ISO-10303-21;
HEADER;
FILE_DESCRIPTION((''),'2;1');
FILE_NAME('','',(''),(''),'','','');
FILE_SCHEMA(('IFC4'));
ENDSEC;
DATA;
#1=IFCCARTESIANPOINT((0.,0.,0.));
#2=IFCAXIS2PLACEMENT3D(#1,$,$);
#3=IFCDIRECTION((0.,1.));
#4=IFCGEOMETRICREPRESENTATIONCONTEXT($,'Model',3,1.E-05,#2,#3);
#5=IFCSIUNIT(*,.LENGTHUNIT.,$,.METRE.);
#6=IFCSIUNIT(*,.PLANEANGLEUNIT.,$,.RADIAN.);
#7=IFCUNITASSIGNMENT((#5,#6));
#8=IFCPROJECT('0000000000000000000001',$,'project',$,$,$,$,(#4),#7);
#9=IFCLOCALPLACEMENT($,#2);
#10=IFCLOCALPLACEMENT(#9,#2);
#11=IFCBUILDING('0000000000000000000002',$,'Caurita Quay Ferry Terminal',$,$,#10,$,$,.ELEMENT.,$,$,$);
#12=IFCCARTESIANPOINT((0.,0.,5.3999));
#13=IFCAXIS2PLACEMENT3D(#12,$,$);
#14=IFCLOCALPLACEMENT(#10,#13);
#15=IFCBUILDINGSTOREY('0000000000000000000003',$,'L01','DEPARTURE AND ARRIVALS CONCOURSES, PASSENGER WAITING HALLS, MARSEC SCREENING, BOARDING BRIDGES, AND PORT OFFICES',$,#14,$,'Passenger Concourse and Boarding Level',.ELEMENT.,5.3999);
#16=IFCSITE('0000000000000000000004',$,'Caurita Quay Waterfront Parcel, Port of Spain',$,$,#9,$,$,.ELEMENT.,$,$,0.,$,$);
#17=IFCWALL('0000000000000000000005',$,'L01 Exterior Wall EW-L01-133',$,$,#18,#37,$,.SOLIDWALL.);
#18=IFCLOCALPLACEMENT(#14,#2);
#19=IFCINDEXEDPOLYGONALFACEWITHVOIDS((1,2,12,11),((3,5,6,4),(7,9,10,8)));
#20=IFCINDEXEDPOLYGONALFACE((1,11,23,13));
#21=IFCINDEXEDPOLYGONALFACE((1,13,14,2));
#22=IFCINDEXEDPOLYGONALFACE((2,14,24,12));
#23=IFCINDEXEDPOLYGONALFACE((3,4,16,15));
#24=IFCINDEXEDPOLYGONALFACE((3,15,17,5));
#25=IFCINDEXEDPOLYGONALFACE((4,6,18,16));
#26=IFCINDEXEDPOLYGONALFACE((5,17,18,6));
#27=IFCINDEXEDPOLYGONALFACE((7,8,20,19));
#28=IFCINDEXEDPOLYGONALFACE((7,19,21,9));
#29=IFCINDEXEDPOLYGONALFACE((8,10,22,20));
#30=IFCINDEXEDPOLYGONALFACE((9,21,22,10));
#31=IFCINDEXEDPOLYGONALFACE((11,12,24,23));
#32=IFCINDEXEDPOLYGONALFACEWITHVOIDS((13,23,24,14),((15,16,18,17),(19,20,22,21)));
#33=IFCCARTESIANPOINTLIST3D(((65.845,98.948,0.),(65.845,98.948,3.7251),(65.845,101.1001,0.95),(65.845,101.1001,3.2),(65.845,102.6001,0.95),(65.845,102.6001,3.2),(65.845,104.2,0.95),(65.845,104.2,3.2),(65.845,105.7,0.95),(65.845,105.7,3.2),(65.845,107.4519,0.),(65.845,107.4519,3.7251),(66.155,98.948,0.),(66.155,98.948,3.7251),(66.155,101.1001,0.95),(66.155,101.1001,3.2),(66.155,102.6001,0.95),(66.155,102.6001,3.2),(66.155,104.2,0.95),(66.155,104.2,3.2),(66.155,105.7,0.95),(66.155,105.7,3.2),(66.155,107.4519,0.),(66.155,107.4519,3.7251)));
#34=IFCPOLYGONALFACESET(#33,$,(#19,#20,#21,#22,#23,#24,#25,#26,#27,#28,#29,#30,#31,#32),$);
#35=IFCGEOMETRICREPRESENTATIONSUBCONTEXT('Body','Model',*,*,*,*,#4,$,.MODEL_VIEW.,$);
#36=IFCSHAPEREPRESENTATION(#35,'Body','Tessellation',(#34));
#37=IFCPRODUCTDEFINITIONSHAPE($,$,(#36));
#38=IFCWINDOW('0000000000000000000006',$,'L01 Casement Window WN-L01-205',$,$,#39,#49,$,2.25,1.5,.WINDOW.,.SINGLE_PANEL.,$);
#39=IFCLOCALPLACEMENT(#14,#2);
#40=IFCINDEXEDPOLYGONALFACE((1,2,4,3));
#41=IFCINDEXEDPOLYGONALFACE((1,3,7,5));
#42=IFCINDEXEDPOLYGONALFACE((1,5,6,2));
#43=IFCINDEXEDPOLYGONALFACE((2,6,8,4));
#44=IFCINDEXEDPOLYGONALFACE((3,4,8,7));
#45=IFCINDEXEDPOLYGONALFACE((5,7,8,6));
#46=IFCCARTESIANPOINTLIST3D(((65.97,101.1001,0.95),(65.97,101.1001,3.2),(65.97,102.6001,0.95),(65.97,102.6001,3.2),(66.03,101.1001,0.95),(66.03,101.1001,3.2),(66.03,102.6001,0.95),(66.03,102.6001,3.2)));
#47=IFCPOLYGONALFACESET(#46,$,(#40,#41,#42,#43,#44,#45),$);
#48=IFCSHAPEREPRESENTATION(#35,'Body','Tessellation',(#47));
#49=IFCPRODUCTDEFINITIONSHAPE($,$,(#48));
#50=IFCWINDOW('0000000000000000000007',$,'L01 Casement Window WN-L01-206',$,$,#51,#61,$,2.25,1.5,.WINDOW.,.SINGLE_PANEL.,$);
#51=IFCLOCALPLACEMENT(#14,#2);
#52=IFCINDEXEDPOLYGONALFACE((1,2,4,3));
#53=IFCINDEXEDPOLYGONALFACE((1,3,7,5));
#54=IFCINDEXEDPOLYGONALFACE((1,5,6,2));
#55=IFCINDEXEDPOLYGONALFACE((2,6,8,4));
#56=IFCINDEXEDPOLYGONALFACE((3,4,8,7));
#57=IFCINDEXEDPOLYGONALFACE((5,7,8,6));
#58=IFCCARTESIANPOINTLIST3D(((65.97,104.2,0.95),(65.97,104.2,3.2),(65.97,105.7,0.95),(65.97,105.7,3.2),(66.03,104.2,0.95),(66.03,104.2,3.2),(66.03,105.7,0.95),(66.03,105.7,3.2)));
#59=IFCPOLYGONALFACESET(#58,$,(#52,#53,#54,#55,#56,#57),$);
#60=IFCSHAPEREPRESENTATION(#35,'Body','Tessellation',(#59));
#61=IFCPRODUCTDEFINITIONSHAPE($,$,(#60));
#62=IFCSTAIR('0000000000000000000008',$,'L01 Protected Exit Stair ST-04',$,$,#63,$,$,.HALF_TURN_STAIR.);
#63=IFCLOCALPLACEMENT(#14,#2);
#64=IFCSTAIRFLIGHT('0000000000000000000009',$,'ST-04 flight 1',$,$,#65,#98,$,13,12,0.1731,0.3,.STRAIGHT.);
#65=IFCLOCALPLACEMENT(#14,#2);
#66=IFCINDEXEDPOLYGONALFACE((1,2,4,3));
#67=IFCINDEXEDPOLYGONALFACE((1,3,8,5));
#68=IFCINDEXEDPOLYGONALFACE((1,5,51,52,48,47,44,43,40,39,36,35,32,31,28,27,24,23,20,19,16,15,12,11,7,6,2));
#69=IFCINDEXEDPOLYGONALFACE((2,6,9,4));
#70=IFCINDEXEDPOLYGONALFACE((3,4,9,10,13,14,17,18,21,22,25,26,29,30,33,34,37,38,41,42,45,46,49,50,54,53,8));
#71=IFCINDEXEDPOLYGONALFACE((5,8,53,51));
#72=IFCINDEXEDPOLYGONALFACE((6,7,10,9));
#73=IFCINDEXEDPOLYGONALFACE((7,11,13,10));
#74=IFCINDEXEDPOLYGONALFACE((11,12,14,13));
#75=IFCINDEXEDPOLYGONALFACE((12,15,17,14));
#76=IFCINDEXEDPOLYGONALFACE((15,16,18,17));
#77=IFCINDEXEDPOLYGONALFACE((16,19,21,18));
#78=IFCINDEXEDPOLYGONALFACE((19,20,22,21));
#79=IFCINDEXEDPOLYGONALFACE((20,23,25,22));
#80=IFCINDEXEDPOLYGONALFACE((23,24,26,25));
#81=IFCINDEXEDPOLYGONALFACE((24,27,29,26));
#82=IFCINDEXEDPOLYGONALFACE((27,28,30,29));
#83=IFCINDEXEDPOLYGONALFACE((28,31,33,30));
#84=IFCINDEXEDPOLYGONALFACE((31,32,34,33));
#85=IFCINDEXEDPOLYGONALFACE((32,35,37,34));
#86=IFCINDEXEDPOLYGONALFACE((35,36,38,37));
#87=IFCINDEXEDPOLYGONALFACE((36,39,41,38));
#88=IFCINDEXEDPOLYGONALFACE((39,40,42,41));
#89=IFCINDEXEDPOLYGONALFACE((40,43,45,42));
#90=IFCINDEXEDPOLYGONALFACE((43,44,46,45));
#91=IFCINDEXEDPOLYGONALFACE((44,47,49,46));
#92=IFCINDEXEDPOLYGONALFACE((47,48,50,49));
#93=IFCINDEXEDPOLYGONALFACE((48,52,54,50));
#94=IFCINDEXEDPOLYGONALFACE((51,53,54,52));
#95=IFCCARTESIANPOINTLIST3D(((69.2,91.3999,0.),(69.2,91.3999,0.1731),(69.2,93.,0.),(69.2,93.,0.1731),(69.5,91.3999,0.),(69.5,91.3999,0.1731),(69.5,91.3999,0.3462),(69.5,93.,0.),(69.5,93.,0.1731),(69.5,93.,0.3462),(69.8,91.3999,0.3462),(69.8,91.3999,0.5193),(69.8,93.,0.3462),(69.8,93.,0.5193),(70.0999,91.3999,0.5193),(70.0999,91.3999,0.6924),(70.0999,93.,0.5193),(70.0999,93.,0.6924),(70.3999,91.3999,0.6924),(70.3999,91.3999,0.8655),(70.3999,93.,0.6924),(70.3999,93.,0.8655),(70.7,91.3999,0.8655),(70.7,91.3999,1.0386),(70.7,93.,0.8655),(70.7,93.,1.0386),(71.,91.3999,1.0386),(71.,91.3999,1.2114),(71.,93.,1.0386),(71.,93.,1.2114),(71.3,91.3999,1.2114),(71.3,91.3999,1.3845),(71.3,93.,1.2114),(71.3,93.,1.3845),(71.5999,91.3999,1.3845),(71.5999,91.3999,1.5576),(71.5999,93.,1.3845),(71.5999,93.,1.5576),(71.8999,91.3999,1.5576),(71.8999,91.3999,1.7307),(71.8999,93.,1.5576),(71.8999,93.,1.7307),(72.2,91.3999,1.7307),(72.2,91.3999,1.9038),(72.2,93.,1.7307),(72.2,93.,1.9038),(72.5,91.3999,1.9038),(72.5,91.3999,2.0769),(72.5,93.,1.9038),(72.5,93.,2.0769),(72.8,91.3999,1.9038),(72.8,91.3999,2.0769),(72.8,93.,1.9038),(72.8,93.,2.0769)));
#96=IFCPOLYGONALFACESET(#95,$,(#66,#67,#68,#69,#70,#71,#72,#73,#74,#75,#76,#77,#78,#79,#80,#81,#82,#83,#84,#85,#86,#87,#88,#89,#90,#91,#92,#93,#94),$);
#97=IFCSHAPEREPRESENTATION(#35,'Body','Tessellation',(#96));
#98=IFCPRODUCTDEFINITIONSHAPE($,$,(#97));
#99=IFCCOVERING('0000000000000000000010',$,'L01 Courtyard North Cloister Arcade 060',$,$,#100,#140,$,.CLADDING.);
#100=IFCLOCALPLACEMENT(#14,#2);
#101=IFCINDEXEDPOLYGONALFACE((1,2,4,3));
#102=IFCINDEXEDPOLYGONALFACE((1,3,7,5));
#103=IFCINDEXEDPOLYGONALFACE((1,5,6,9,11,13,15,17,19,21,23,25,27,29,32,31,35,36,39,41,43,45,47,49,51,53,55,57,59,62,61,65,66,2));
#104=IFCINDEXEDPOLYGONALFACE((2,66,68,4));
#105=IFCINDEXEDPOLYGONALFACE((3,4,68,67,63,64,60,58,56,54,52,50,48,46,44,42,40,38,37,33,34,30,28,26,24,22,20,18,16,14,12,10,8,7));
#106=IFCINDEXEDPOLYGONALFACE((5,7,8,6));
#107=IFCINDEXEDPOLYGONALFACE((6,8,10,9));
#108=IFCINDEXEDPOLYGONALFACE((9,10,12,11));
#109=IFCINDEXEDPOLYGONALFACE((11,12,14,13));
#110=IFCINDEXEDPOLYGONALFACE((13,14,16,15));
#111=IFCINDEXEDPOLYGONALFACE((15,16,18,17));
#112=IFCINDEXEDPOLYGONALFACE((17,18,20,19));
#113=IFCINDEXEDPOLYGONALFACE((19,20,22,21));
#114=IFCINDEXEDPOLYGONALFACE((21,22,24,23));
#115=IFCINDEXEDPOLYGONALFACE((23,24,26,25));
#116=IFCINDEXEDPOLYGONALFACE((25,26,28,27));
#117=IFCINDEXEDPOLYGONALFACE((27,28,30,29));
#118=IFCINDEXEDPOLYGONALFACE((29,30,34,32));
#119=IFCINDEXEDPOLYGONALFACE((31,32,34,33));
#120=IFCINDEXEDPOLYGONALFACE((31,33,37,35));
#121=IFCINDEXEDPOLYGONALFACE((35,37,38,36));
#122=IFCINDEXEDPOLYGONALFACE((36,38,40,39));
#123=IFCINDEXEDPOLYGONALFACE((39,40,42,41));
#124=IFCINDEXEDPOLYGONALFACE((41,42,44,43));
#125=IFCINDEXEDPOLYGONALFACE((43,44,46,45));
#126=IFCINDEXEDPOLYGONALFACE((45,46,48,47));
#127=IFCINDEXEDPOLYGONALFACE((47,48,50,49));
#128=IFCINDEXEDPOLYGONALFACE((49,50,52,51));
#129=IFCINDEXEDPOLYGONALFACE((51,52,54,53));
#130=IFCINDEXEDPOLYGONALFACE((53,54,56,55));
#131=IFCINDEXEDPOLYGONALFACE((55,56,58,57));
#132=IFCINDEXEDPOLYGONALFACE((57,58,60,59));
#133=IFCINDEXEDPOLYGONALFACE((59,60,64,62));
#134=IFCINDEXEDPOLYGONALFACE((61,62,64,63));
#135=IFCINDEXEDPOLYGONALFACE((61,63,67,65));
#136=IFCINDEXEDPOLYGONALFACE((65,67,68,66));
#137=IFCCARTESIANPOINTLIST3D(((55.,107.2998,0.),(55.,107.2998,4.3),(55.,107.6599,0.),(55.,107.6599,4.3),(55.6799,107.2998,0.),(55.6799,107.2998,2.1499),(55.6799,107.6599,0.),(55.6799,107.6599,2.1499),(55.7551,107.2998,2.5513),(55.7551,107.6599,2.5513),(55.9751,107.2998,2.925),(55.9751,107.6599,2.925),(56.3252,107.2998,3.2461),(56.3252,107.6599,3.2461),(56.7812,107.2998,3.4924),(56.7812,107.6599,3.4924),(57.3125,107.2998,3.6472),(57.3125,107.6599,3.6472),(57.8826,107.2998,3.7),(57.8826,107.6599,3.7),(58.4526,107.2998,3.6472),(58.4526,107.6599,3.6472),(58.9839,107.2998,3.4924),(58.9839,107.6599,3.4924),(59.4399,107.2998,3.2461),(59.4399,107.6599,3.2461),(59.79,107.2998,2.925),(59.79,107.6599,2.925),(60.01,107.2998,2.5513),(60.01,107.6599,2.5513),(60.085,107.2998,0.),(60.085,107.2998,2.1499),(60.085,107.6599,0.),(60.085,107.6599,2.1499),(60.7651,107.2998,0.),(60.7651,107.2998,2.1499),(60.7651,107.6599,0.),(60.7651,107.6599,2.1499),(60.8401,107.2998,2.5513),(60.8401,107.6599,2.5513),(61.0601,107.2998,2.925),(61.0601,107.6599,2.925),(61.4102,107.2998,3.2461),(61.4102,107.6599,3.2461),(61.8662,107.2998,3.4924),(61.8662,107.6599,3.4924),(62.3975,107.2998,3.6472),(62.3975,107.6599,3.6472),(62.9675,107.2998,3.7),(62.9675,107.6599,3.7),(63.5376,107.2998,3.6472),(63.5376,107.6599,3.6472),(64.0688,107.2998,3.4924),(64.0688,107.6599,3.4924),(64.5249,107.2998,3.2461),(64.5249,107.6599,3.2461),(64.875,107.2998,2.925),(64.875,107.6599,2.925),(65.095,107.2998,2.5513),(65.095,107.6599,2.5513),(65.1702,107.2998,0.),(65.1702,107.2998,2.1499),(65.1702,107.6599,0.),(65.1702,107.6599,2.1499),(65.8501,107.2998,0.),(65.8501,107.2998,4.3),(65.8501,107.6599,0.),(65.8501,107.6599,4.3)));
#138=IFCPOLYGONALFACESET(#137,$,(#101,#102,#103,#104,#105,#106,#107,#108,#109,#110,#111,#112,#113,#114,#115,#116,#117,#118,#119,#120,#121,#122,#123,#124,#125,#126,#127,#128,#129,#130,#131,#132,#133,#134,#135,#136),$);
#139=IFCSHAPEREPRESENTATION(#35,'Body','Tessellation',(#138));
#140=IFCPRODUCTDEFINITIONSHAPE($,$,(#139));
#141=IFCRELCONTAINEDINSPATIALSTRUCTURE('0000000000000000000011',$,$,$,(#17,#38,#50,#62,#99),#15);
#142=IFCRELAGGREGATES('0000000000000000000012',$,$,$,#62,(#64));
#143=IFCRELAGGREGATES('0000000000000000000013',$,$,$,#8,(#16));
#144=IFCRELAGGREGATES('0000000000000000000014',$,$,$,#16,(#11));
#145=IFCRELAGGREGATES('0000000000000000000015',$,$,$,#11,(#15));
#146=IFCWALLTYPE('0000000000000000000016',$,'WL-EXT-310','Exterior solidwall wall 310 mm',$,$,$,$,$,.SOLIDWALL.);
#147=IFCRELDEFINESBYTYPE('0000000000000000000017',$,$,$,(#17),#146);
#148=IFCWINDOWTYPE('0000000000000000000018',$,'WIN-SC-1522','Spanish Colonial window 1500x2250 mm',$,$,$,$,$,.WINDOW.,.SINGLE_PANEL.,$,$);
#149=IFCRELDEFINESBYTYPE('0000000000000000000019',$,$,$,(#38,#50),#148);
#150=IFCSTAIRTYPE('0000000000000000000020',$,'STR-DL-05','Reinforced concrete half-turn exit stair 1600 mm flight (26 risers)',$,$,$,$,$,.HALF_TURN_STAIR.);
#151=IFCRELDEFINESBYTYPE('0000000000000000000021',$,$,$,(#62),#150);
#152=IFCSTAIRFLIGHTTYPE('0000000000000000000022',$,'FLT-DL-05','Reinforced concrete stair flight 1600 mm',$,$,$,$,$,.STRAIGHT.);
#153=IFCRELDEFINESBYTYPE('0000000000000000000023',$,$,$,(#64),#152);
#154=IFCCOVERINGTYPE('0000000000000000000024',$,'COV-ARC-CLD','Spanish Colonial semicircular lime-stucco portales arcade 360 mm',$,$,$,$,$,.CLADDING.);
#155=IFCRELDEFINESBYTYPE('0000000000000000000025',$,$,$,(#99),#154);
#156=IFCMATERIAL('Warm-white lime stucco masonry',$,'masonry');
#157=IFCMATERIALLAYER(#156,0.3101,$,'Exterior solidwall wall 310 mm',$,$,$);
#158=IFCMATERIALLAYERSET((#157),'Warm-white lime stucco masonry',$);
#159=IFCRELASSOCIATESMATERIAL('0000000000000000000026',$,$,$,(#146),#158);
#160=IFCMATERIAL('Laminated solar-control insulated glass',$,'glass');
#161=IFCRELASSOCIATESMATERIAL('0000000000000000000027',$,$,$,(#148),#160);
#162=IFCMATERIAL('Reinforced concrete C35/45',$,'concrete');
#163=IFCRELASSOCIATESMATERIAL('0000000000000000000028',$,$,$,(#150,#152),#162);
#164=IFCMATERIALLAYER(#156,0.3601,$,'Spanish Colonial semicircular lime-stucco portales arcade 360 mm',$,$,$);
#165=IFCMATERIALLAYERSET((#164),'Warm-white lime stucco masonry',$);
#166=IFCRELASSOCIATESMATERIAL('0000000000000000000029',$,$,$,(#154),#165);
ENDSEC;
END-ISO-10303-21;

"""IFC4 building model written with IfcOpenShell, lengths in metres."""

from ifc_helpers import new_model, si_unit, direction, frame, frame_2d, origin, place, context, subcontext, project, spatial, polyline, rectangle, outline, extrude, material, layer, layer_set, type_object, element, fill, aggregate, save


model = new_model("IFC4")

# Units and contexts
model_context = context("Model", 3, precision=1e-05, world=origin(), true_north=direction((0.0, 1.0)))
body_context = subcontext(model_context, "Body", "Model", "MODEL_VIEW")
ifc_project = project(units=[si_unit("LENGTHUNIT", "METRE"), si_unit("PLANEANGLEUNIT", "RADIAN")], contexts=[model_context])

# Site, building, storey
site_placement = place(None, origin())
site = spatial("IfcSite", under=ifc_project, at=site_placement, Name="Caurita Quay Waterfront Parcel, Port of Spain", CompositionType="ELEMENT", RefElevation=0.0)
building_placement = place(site_placement, origin())
building = spatial("IfcBuilding", under=site, at=building_placement, Name="Caurita Quay Ferry Terminal", CompositionType="ELEMENT")
storey_placement = place(building_placement, frame((0.0, 0.0, 5.3999)))
storey = spatial("IfcBuildingStorey", under=building, at=storey_placement, Name="L01", Description="DEPARTURE AND ARRIVALS CONCOURSES, PASSENGER WAITING HALLS, MARSEC SCREENING, BOARDING BRIDGES, AND PORT OFFICES", LongName="Passenger Concourse and Boarding Level", CompositionType="ELEMENT", Elevation=5.3999)

# Shared definitions
ifc_material_1 = material(Name="Reinforced concrete C35/45", Category="concrete")

# Shared definitions
ifc_material_2 = material(Name="Laminated solar-control insulated glass", Category="glass")

# Wall, openings, windows
ifc_material_3 = material(Name="Warm-white lime stucco masonry", Category="masonry")
ifc_layer_1 = layer(ifc_material_3, 0.3101, Name="Exterior solidwall wall 310 mm")
ifc_layer_set_1 = layer_set([ifc_layer_1], Name="Warm-white lime stucco masonry")
wall_type_1 = type_object("IfcWallType", Name="WL-EXT-310", Description="Exterior solidwall wall 310 mm", PredefinedType="SOLIDWALL", material=ifc_layer_set_1)
window_type = type_object("IfcWindowType", Name="WIN-SC-1522", Description="Spanish Colonial window 1500x2250 mm", PartitioningType="SINGLE_PANEL", PredefinedType="WINDOW", material=ifc_material_2)
wall_1_placement = place(storey_placement, frame((66.0, 98.948, 0.0), z_axis=(0.0, 0.0, 1.0), x_axis=(0.0, 1.0, 0.0)))
wall_1 = element("IfcWall", 1, at=wall_1_placement, inside=storey, type_object=wall_type_1, Name="L01 Exterior Wall EW-L01-133", PredefinedType="SOLIDWALL", context=body_context, shape_type="SweptSolid", body=[
    extrude(rectangle(XDim=8.5039, YDim=0.3101, at=frame_2d((4.252, 0.0))), origin(), (0.0, 0.0, 1.0), 3.7251),
])
opening_1_placement = place(wall_1_placement, frame((2.1521, 0.0, 0.95)))
opening_1 = element("IfcOpeningElement", 2, at=opening_1_placement, cuts=wall_1, PredefinedType="OPENING", context=body_context, shape_type="SweptSolid", body=[
    extrude(rectangle(XDim=1.5, YDim=2.25, at=frame_2d((0.75, 1.125))), frame((0.0, 0.165, 0.0), z_axis=(0.0, -1.0, 0.0), x_axis=(1.0, 0.0, 0.0)), (0.0, 0.0, 1.0), 0.3301),
])
opening_2_placement = place(wall_1_placement, frame((5.252, 0.0, 0.95)))
opening_2 = element("IfcOpeningElement", 3, at=opening_2_placement, cuts=wall_1, PredefinedType="OPENING", context=body_context, shape_type="SweptSolid", body=[
    extrude(rectangle(XDim=1.5, YDim=2.25, at=frame_2d((0.75, 1.125))), frame((0.0, 0.165, 0.0), z_axis=(0.0, -1.0, 0.0), x_axis=(1.0, 0.0, 0.0)), (0.0, 0.0, 1.0), 0.3301),
])
window_1_placement = place(opening_1_placement, origin())
window_1 = element("IfcWindow", 4, at=window_1_placement, inside=storey, type_object=window_type, Name="L01 Casement Window WN-L01-205", OverallHeight=2.25, OverallWidth=1.5, PartitioningType="SINGLE_PANEL", PredefinedType="WINDOW", context=body_context, shape_type="SweptSolid", body=[
    extrude(rectangle(XDim=1.5, YDim=2.25, at=frame_2d((0.75, 1.125))), frame((0.0, 0.03, 0.0), z_axis=(0.0, -1.0, 0.0), x_axis=(1.0, 0.0, 0.0)), (0.0, 0.0, 1.0), 0.0601),
])
fill(opening_1, window_1)
window_2_placement = place(opening_2_placement, origin())
window_2 = element("IfcWindow", 5, at=window_2_placement, inside=storey, type_object=window_type, Name="L01 Casement Window WN-L01-206", OverallHeight=2.25, OverallWidth=1.5, PartitioningType="SINGLE_PANEL", PredefinedType="WINDOW", context=body_context, shape_type="SweptSolid", body=[
    extrude(rectangle(XDim=1.5, YDim=2.25, at=frame_2d((0.75, 1.125))), frame((0.0, 0.03, 0.0), z_axis=(0.0, -1.0, 0.0), x_axis=(1.0, 0.0, 0.0)), (0.0, 0.0, 1.0), 0.0601),
])
fill(opening_2, window_2)

# Stair, stair flight
stair_type = type_object("IfcStairType", Name="STR-DL-05", Description="Reinforced concrete half-turn exit stair 1600 mm flight (26 risers)", PredefinedType="HALF_TURN_STAIR", material=ifc_material_1)
stair_placement = place(storey_placement, origin())
stair = element("IfcStair", 6, at=stair_placement, inside=storey, type_object=stair_type, Name="L01 Protected Exit Stair ST-04", PredefinedType="HALF_TURN_STAIR")
stair_flight_type = type_object("IfcStairFlightType", Name="FLT-DL-05", Description="Reinforced concrete stair flight 1600 mm", PredefinedType="STRAIGHT", material=ifc_material_1)
stair_flight_placement = place(storey_placement, frame((69.2, 92.2, 0.0), z_axis=(0.0, 0.0, 1.0), x_axis=(1.0, 0.0, 0.0)))
stair_flight = element("IfcStairFlight", 7, at=stair_flight_placement, type_object=stair_flight_type, Name="ST-04 flight 1", NumberOfRisers=13, NumberOfTreads=12, PredefinedType="STRAIGHT", RiserHeight=0.1731, TreadLength=0.3, context=body_context, shape_type="SweptSolid", body=[
    extrude(outline(polyline([(0.0, 0.0), (0.0, 0.1731), (0.3, 0.1731), (0.3, 0.3462), (0.6001, 0.3462), (0.6001, 0.5193), (0.8999, 0.5193), (0.8999, 0.6924), (1.2, 0.6924), (1.2, 0.8655), (1.5, 0.8655), (1.5, 1.0386), (1.8, 1.0386), (1.8, 1.2114), (2.1001, 1.2114), (2.1001, 1.3845), (2.3999, 1.3845), (2.3999, 1.5576), (2.7, 1.5576), (2.7, 1.7307), (3.0, 1.7307), (3.0, 1.9038), (3.3, 1.9038), (3.3, 2.0769), (3.6001, 2.0769), (3.6001, 2.25), (3.6001, 1.9038), (0.3, 0.0), (0.0, 0.0)])), frame((0.0, 0.8, 0.0), z_axis=(0.0, -1.0, 0.0), x_axis=(1.0, 0.0, 0.0)), (0.0, 0.0, 1.0), 1.6001),
])
aggregate(stair, [stair_flight])

# Covering
ifc_layer_2 = layer(ifc_material_3, 0.3601, Name="Spanish Colonial semicircular lime-stucco portales arcade 360 mm")
ifc_layer_set_2 = layer_set([ifc_layer_2], Name="Warm-white lime stucco masonry")
covering_type_1 = type_object("IfcCoveringType", Name="COV-ARC-CLD", Description="Spanish Colonial semicircular lime-stucco portales arcade 360 mm", PredefinedType="CLADDING", material=ifc_layer_set_2)
covering_1_placement = place(storey_placement, frame((65.8501, 107.48, 0.0), z_axis=(0.0, 0.0, 1.0), x_axis=(-1.0, 0.0, 0.0)))
element("IfcCovering", 8, at=covering_1_placement, inside=storey, type_object=covering_type_1, Name="L01 Courtyard North Cloister Arcade 060", PredefinedType="CLADDING", context=body_context, shape_type="SweptSolid", body=[
    extrude(outline(polyline([(0.0, 0.0), (0.6799, 0.0), (0.6799, 2.1499), (0.7551, 2.5513), (0.9751, 2.925), (1.3252, 3.2461), (1.7812, 3.4924), (2.3125, 3.6472), (2.8826, 3.7), (3.4526, 3.6472), (3.9839, 3.4924), (4.4399, 3.2461), (4.79, 2.925), (5.01, 2.5513), (5.085, 2.1499), (5.085, 0.0), (5.7651, 0.0), (5.7651, 2.1499), (5.8401, 2.5513), (6.0601, 2.925), (6.4102, 3.2461), (6.8662, 3.4924), (7.3975, 3.6472), (7.9675, 3.7), (8.5376, 3.6472), (9.0688, 3.4924), (9.5249, 3.2461), (9.875, 2.925), (10.095, 2.5513), (10.1702, 2.1499), (10.1702, 0.0), (10.8501, 0.0), (10.8501, 4.3), (0.0, 4.3), (0.0, 0.0)])), frame((0.0, 0.1802, 0.0), z_axis=(0.0, -1.0, 0.0), x_axis=(1.0, 0.0, 0.0)), (0.0, 0.0, 1.0), 0.3601),
])

save(model, "model.ifc")
